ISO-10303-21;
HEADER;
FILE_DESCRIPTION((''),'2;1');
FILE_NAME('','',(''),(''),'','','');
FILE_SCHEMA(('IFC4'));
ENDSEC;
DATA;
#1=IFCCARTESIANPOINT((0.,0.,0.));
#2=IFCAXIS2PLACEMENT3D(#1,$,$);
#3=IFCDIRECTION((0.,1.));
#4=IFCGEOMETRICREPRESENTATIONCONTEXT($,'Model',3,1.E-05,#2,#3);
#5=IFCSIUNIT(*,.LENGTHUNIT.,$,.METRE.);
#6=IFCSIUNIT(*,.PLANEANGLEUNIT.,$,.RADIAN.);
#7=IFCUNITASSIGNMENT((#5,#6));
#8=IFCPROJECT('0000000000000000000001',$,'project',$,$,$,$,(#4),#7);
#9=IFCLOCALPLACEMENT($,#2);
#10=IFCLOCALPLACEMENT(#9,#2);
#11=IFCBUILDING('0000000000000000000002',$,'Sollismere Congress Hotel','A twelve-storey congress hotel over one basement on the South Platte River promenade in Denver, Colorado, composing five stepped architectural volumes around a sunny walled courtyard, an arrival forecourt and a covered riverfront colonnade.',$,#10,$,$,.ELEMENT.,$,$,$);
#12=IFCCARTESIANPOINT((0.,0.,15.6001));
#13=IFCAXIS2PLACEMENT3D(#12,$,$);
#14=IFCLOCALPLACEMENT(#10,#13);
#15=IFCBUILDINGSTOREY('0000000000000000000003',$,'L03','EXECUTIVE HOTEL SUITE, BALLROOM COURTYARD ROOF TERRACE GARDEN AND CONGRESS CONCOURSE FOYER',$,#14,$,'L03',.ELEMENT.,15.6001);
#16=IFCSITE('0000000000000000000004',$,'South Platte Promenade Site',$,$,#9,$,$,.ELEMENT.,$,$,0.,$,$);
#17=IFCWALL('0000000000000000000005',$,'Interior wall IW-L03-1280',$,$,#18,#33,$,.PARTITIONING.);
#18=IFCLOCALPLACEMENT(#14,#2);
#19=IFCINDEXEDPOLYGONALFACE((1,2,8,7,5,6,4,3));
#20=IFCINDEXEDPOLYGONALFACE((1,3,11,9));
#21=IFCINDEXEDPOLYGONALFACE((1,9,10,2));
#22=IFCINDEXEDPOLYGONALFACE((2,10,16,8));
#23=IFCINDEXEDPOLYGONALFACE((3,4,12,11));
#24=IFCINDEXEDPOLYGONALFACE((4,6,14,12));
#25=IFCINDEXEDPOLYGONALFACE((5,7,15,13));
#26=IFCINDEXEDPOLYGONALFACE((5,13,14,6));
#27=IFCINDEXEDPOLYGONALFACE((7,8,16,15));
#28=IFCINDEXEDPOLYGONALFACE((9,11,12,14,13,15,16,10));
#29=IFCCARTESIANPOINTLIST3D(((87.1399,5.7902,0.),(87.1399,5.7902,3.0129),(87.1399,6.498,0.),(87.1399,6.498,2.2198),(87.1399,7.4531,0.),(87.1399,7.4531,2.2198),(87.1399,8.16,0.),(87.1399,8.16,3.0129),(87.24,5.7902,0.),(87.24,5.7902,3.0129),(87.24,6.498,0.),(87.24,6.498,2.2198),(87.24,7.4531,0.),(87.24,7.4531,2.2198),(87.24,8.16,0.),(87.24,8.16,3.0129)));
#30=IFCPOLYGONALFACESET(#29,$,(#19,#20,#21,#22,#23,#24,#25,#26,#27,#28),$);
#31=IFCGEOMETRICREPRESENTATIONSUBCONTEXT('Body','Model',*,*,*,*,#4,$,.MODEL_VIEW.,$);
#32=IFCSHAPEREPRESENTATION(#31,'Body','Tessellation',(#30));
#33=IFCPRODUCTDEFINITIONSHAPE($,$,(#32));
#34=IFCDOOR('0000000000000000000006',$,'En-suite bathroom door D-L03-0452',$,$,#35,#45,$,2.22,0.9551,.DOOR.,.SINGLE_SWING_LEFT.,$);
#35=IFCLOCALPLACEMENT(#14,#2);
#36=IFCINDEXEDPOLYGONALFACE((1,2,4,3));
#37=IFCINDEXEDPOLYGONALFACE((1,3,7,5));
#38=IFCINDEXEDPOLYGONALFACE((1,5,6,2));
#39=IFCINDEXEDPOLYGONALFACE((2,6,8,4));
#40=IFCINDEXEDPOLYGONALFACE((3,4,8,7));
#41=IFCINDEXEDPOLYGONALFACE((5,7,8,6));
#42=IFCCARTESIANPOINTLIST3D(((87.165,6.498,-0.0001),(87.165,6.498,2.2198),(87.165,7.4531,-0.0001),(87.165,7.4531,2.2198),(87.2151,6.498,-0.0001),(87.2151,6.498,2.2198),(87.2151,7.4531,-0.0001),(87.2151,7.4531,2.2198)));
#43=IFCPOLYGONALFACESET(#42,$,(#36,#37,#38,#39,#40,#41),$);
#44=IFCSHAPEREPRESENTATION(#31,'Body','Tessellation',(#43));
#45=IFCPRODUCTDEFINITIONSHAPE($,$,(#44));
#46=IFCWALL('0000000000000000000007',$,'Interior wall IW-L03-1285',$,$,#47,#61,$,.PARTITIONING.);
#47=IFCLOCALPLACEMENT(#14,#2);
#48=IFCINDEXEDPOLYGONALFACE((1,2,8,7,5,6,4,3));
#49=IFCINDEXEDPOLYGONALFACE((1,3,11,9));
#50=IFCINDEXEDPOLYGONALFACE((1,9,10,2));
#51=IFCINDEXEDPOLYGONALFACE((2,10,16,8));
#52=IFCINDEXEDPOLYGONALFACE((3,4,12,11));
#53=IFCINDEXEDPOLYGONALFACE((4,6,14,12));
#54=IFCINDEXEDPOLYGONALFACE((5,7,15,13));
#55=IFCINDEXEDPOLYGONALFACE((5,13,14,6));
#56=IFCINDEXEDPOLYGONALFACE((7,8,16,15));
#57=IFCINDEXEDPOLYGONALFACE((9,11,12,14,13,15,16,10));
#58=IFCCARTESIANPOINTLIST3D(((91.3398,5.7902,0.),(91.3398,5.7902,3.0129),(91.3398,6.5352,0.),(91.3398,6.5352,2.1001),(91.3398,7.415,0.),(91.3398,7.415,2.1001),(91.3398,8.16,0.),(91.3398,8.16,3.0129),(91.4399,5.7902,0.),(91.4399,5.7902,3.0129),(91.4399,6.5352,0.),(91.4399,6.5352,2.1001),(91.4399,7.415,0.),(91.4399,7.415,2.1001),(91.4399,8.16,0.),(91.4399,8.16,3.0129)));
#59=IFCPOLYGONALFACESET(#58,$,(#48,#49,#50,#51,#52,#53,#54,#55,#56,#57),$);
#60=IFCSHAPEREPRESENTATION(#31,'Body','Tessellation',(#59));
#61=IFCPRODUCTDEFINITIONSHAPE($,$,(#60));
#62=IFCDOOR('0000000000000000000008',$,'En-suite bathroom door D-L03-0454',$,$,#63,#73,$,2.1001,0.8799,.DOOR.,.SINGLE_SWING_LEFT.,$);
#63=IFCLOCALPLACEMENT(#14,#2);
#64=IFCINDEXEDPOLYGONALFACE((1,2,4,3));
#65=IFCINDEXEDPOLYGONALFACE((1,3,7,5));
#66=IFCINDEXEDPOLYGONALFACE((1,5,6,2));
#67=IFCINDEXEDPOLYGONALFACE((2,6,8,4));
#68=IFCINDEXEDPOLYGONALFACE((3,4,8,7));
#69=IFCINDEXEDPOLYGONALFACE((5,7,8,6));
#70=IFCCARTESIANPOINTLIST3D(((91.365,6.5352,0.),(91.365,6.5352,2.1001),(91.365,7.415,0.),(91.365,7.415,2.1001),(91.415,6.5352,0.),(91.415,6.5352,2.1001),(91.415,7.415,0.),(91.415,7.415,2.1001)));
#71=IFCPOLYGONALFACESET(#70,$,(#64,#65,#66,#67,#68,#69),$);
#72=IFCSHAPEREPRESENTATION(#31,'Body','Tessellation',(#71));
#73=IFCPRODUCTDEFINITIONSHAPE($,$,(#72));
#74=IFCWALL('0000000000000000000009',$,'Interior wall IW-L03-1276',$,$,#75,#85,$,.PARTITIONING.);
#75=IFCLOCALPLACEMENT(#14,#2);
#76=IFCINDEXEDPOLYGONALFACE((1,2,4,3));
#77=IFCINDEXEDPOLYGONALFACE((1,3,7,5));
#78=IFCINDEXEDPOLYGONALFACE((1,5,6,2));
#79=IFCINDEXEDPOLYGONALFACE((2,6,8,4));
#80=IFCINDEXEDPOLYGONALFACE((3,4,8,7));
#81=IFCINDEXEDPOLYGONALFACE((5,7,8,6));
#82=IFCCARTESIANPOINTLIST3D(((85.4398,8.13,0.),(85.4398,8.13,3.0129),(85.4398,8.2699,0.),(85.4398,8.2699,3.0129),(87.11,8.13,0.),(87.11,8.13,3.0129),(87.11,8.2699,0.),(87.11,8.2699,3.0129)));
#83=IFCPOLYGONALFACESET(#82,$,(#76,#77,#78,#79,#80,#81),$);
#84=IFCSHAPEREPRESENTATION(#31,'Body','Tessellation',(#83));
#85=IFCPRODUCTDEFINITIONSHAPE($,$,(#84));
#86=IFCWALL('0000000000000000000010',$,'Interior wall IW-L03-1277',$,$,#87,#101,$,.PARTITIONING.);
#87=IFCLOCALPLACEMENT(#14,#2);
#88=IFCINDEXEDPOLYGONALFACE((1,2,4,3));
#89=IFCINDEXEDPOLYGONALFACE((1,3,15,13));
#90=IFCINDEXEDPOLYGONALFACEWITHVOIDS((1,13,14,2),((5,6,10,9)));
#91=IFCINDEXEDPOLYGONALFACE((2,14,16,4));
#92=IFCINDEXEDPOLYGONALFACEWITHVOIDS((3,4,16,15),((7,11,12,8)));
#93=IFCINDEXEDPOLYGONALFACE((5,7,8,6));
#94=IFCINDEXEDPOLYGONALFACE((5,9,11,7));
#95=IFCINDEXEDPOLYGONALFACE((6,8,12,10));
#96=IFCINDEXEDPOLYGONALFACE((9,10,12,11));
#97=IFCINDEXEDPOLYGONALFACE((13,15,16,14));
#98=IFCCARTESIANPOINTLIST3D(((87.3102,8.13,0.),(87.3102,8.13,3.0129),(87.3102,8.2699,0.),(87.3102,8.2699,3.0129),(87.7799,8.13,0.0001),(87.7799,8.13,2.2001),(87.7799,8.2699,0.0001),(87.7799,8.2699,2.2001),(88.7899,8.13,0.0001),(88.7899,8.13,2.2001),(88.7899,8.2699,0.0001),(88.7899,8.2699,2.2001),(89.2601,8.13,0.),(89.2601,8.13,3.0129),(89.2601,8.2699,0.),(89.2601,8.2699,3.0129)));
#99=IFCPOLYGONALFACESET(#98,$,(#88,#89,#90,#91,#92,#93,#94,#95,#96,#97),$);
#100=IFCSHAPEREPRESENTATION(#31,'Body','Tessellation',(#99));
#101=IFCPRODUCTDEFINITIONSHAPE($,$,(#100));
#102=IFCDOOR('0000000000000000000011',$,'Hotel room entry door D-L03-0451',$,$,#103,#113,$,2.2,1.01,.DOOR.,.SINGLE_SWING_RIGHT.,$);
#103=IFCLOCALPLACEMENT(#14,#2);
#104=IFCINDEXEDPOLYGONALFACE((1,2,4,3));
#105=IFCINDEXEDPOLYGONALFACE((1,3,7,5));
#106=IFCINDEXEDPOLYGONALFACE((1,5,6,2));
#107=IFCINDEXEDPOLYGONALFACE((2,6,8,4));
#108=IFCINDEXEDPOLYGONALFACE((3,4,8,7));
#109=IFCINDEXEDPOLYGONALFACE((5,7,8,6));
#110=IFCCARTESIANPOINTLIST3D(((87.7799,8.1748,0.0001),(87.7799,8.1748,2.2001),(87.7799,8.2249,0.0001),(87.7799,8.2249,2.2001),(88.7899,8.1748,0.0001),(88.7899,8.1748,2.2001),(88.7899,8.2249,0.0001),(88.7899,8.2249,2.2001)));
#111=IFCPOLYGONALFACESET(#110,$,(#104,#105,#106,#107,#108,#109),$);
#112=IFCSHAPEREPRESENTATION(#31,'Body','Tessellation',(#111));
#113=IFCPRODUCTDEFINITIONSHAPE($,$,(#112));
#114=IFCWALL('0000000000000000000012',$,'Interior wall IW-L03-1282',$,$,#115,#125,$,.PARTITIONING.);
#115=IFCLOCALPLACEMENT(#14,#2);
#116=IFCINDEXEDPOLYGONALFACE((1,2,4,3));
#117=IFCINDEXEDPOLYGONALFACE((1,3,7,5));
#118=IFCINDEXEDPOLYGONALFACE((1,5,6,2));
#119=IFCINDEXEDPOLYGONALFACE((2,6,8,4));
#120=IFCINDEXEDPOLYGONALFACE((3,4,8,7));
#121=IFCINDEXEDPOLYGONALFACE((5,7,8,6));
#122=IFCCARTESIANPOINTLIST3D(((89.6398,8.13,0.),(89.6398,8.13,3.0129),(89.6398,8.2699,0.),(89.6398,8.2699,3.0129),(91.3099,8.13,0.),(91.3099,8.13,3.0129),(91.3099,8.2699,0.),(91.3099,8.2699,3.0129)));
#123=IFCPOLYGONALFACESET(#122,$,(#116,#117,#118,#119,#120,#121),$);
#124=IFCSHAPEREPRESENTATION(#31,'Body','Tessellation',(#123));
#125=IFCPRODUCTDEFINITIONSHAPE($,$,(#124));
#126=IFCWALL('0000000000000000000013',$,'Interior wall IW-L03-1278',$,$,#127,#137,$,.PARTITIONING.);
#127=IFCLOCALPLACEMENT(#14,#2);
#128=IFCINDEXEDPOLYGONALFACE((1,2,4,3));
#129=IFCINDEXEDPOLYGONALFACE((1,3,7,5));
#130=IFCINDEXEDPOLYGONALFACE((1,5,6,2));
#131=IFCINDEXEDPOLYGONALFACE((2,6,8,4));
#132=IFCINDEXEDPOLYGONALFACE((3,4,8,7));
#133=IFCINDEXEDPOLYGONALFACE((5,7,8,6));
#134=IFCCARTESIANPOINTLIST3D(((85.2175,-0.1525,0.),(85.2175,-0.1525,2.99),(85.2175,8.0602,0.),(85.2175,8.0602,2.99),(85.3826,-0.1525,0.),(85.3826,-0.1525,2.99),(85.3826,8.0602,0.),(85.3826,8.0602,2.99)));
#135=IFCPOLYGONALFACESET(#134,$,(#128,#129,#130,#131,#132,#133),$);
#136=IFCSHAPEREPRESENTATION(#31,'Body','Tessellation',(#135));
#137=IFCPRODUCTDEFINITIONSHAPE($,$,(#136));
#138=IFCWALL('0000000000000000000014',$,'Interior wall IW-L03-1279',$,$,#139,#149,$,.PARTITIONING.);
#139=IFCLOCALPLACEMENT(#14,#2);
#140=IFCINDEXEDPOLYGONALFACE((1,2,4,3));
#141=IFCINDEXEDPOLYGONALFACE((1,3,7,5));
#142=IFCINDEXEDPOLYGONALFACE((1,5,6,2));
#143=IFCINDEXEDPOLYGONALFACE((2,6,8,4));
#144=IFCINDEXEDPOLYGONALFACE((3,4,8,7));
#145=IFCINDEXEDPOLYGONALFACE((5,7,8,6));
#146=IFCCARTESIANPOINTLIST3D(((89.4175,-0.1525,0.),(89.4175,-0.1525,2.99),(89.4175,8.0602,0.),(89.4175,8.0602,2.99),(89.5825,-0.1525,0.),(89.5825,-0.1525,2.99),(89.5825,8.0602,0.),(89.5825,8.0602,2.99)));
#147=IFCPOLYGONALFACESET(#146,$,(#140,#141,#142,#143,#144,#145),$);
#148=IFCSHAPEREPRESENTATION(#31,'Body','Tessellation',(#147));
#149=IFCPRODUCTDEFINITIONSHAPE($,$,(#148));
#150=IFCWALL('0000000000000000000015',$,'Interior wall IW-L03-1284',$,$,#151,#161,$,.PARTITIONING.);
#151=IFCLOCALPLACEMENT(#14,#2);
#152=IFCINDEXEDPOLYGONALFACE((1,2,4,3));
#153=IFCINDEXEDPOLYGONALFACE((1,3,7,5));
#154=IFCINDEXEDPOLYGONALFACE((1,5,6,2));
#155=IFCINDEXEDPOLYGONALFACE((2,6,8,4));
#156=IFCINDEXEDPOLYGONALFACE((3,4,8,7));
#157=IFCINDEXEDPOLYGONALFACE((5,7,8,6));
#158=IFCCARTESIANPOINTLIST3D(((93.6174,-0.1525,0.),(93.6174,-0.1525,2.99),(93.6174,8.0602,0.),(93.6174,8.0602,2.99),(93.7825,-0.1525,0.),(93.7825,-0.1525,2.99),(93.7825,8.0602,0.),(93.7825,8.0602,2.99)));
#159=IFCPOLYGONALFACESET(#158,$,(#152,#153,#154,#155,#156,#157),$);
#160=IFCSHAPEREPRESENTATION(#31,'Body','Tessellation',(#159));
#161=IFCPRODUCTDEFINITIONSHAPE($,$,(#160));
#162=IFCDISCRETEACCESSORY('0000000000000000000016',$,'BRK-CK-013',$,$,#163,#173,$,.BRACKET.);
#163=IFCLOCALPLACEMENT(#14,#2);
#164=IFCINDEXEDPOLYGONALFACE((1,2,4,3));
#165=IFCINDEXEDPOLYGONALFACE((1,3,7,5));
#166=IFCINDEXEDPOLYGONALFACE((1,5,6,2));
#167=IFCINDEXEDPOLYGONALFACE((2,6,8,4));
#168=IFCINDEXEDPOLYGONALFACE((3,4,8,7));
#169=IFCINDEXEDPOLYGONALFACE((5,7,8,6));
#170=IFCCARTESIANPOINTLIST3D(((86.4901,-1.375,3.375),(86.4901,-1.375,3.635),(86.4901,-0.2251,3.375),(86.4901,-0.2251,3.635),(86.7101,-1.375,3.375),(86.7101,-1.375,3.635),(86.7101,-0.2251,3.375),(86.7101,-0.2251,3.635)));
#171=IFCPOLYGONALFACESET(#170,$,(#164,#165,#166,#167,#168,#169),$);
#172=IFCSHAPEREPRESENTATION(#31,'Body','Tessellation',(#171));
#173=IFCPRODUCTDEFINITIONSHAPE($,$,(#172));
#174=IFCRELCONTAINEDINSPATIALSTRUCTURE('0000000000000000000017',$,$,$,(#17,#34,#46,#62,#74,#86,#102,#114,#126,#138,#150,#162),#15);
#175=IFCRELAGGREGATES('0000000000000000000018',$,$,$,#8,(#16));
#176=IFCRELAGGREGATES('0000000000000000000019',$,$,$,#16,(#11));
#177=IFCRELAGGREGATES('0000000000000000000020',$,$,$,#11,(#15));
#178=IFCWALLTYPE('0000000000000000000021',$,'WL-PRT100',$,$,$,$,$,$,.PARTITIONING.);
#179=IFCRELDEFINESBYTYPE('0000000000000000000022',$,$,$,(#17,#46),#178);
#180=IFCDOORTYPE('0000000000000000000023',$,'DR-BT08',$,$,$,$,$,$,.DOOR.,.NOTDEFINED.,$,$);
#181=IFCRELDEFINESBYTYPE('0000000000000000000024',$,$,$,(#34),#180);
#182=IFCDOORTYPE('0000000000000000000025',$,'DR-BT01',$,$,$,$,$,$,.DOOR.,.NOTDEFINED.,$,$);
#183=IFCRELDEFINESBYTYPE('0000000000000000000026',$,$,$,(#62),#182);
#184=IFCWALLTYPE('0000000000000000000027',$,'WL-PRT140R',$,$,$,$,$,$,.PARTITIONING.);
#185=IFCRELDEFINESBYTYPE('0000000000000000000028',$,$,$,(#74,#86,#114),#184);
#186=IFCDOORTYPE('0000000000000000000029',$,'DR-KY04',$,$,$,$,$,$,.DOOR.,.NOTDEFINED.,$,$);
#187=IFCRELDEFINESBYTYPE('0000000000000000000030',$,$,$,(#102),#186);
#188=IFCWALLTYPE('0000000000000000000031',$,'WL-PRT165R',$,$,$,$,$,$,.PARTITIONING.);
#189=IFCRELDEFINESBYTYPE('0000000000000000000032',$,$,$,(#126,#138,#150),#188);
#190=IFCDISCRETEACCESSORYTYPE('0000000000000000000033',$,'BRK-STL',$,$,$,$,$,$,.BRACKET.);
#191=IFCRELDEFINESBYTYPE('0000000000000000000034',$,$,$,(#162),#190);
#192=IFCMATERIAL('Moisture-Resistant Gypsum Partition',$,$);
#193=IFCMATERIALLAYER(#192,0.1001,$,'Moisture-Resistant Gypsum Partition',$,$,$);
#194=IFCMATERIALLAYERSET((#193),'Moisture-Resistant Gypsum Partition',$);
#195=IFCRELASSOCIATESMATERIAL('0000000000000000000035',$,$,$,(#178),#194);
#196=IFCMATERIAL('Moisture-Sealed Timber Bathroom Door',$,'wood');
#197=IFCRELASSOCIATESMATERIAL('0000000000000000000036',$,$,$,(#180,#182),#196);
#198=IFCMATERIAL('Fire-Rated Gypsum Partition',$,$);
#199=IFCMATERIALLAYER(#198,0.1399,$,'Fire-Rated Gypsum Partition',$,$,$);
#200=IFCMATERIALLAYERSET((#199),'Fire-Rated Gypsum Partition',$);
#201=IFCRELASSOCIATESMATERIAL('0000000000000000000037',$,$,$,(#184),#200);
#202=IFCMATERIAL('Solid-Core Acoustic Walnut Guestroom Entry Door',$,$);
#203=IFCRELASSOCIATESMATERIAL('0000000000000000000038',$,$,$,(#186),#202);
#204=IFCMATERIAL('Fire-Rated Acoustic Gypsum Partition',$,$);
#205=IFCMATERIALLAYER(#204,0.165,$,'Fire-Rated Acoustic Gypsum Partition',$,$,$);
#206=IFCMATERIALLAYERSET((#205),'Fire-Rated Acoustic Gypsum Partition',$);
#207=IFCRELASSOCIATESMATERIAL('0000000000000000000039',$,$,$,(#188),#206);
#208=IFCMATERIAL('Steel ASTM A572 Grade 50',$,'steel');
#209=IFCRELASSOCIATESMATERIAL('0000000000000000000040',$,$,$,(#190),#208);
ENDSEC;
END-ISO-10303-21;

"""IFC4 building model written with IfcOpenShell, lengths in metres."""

from ifc_helpers import new_model, si_unit, direction, frame, frame_2d, origin, origin_2d, place, context, subcontext, project, spatial, rectangle, extrude, material, layer, layer_set, type_object, element, fill, save


model = new_model("IFC4")

# Units and contexts
model_context = context("Model", 3, precision=1e-05, world=origin(), true_north=direction((0.0, 1.0)))
body_context = subcontext(model_context, "Body", "Model", "MODEL_VIEW")
ifc_project = project(units=[si_unit("LENGTHUNIT", "METRE"), si_unit("PLANEANGLEUNIT", "RADIAN")], contexts=[model_context])

# Site, building, storey
site_placement = place(None, origin())
site = spatial("IfcSite", under=ifc_project, at=site_placement, Name="South Platte Promenade Site", CompositionType="ELEMENT", RefElevation=0.0)
building_placement = place(site_placement, origin())
building = spatial("IfcBuilding", under=site, at=building_placement, Name="Sollismere Congress Hotel", Description="A twelve-storey congress hotel over one basement on the South Platte River promenade in Denver, Colorado, composing five stepped architectural volumes around a sunny walled courtyard, an arrival forecourt and a covered riverfront colonnade.", CompositionType="ELEMENT")
storey_placement = place(building_placement, frame((0.0, 0.0, 15.6001)))
storey = spatial("IfcBuildingStorey", under=building, at=storey_placement, Name="L03", Description="EXECUTIVE HOTEL SUITE, BALLROOM COURTYARD ROOF TERRACE GARDEN AND CONGRESS CONCOURSE FOYER", LongName="L03", CompositionType="ELEMENT", Elevation=15.6001)

# Walls, openings, doors
ifc_material_1 = material(Name="Moisture-Resistant Gypsum Partition")
ifc_layer_1 = layer(ifc_material_1, 0.1001, Name="Moisture-Resistant Gypsum Partition")
ifc_layer_set_1 = layer_set([ifc_layer_1], Name="Moisture-Resistant Gypsum Partition")
wall_type_1 = type_object("IfcWallType", Name="WL-PRT100", PredefinedType="PARTITIONING", material=ifc_layer_set_1)
wall_1_placement = place(storey_placement, frame((87.1899, 5.79, 0.0), z_axis=(0.0, 0.0, 1.0), x_axis=(0.0, 1.0, 0.0)))
wall_1 = element("IfcWall", 1, at=wall_1_placement, inside=storey, type_object=wall_type_1, Name="Interior wall IW-L03-1280", PredefinedType="PARTITIONING", context=body_context, shape_type="SweptSolid", body=[
    extrude(rectangle(XDim=2.3699, YDim=0.1001, at=frame_2d((1.1851, 0.0))), origin(), (0.0, 0.0, 1.0), 3.0129),
])
opening_1_placement = place(wall_1_placement, frame((0.708, 0.0, 0.0)))
opening_1 = element("IfcOpeningElement", 2, at=opening_1_placement, cuts=wall_1, PredefinedType="OPENING", context=body_context, shape_type="SweptSolid", body=[
    extrude(rectangle(XDim=0.9551, YDim=2.22, at=frame_2d((0.4775, 1.1099))), frame((0.0, 0.0601, 0.0), z_axis=(0.0, -1.0, 0.0), x_axis=(1.0, 0.0, 0.0)), (0.0, 0.0, 1.0), 0.1201),
])
ifc_material_2 = material(Name="Moisture-Sealed Timber Bathroom Door", Category="wood")
door_type_1 = type_object("IfcDoorType", Name="DR-BT08", OperationType="NOTDEFINED", PredefinedType="DOOR", material=ifc_material_2)
door_1_placement = place(opening_1_placement, origin())
door_1 = element("IfcDoor", 3, at=door_1_placement, inside=storey, type_object=door_type_1, Name="En-suite bathroom door D-L03-0452", OperationType="SINGLE_SWING_LEFT", OverallHeight=2.22, OverallWidth=0.9551, PredefinedType="DOOR", context=body_context, shape_type="SweptSolid", body=[
    extrude(rectangle(XDim=0.9551, YDim=2.22, at=frame_2d((0.4775, 1.1099))), frame((0.0, 0.0249, 0.0), z_axis=(0.0, -1.0, 0.0), x_axis=(1.0, 0.0, 0.0)), (0.0, 0.0, 1.0), 0.05),
])
fill(opening_1, door_1)
wall_2_placement = place(storey_placement, frame((91.3899, 5.79, 0.0), z_axis=(0.0, 0.0, 1.0), x_axis=(0.0, 1.0, 0.0)))
wall_2 = element("IfcWall", 4, at=wall_2_placement, inside=storey, type_object=wall_type_1, Name="Interior wall IW-L03-1285", PredefinedType="PARTITIONING", context=body_context, shape_type="SweptSolid", body=[
    extrude(rectangle(XDim=2.3699, YDim=0.1001, at=frame_2d((1.1851, 0.0))), origin(), (0.0, 0.0, 1.0), 3.0129),
])
opening_2_placement = place(wall_2_placement, frame((0.7451, 0.0, 0.0)))
opening_2 = element("IfcOpeningElement", 5, at=opening_2_placement, cuts=wall_2, PredefinedType="OPENING", context=body_context, shape_type="SweptSolid", body=[
    extrude(rectangle(XDim=0.8799, YDim=2.1001, at=frame_2d((0.4399, 1.05))), frame((0.0, 0.0601, 0.0), z_axis=(0.0, -1.0, 0.0), x_axis=(1.0, 0.0, 0.0)), (0.0, 0.0, 1.0), 0.1201),
])
door_type_2 = type_object("IfcDoorType", Name="DR-BT01", OperationType="NOTDEFINED", PredefinedType="DOOR", material=ifc_material_2)
door_2_placement = place(opening_2_placement, origin())
door_2 = element("IfcDoor", 6, at=door_2_placement, inside=storey, type_object=door_type_2, Name="En-suite bathroom door D-L03-0454", OperationType="SINGLE_SWING_LEFT", OverallHeight=2.1001, OverallWidth=0.8799, PredefinedType="DOOR", context=body_context, shape_type="SweptSolid", body=[
    extrude(rectangle(XDim=0.8799, YDim=2.1001, at=frame_2d((0.4399, 1.05))), frame((0.0, 0.0249, 0.0), z_axis=(0.0, -1.0, 0.0), x_axis=(1.0, 0.0, 0.0)), (0.0, 0.0, 1.0), 0.05),
])
fill(opening_2, door_2)

# Wall
ifc_material_3 = material(Name="Fire-Rated Gypsum Partition")
ifc_layer_2 = layer(ifc_material_3, 0.1399, Name="Fire-Rated Gypsum Partition")
ifc_layer_set_2 = layer_set([ifc_layer_2], Name="Fire-Rated Gypsum Partition")
wall_type_2 = type_object("IfcWallType", Name="WL-PRT140R", PredefinedType="PARTITIONING", material=ifc_layer_set_2)
wall_3_placement = place(storey_placement, frame((85.4399, 8.2, 0.0), z_axis=(0.0, 0.0, 1.0), x_axis=(1.0, 0.0, 0.0)))
element("IfcWall", 7, at=wall_3_placement, inside=storey, type_object=wall_type_2, Name="Interior wall IW-L03-1276", PredefinedType="PARTITIONING", context=body_context, shape_type="SweptSolid", body=[
    extrude(rectangle(XDim=1.6702, YDim=0.1399, at=frame_2d((0.835, 0.0))), origin(), (0.0, 0.0, 1.0), 3.0129),
])

# Wall, opening, door
wall_4_placement = place(storey_placement, frame((87.3101, 8.2, 0.0), z_axis=(0.0, 0.0, 1.0), x_axis=(1.0, 0.0, 0.0)))
wall_4 = element("IfcWall", 8, at=wall_4_placement, inside=storey, type_object=wall_type_2, Name="Interior wall IW-L03-1277", PredefinedType="PARTITIONING", context=body_context, shape_type="SweptSolid", body=[
    extrude(rectangle(XDim=1.95, YDim=0.1399, at=frame_2d((0.9751, 0.0))), origin(), (0.0, 0.0, 1.0), 3.0129),
])
opening_3_placement = place(wall_4_placement, frame((0.47, 0.0, 0.0)))
opening_3 = element("IfcOpeningElement", 9, at=opening_3_placement, cuts=wall_4, PredefinedType="OPENING", context=body_context, shape_type="SweptSolid", body=[
    extrude(rectangle(XDim=1.01, YDim=2.2, at=frame_2d((0.5049, 1.1001))), frame((0.0, 0.0798, 0.0), z_axis=(0.0, -1.0, 0.0), x_axis=(1.0, 0.0, 0.0)), (0.0, 0.0, 1.0), 0.1599),
])
ifc_material_4 = material(Name="Solid-Core Acoustic Walnut Guestroom Entry Door")
door_type_3 = type_object("IfcDoorType", Name="DR-KY04", OperationType="NOTDEFINED", PredefinedType="DOOR", material=ifc_material_4)
door_3_placement = place(opening_3_placement, origin())
door_3 = element("IfcDoor", 10, at=door_3_placement, inside=storey, type_object=door_type_3, Name="Hotel room entry door D-L03-0451", OperationType="SINGLE_SWING_RIGHT", OverallHeight=2.2, OverallWidth=1.01, PredefinedType="DOOR", context=body_context, shape_type="SweptSolid", body=[
    extrude(rectangle(XDim=1.01, YDim=2.2, at=frame_2d((0.5049, 1.1001))), frame((0.0, 0.0249, 0.0), z_axis=(0.0, -1.0, 0.0), x_axis=(1.0, 0.0, 0.0)), (0.0, 0.0, 1.0), 0.05),
])
fill(opening_3, door_3)

# Walls
wall_5_placement = place(storey_placement, frame((89.6399, 8.2, 0.0), z_axis=(0.0, 0.0, 1.0), x_axis=(1.0, 0.0, 0.0)))
element("IfcWall", 11, at=wall_5_placement, inside=storey, type_object=wall_type_2, Name="Interior wall IW-L03-1282", PredefinedType="PARTITIONING", context=body_context, shape_type="SweptSolid", body=[
    extrude(rectangle(XDim=1.6702, YDim=0.1399, at=frame_2d((0.835, 0.0))), origin(), (0.0, 0.0, 1.0), 3.0129),
])
ifc_material_5 = material(Name="Fire-Rated Acoustic Gypsum Partition")
ifc_layer_3 = layer(ifc_material_5, 0.165, Name="Fire-Rated Acoustic Gypsum Partition")
ifc_layer_set_3 = layer_set([ifc_layer_3], Name="Fire-Rated Acoustic Gypsum Partition")
wall_type_3 = type_object("IfcWallType", Name="WL-PRT165R", PredefinedType="PARTITIONING", material=ifc_layer_set_3)
for number, where, z_axis, x_axis, name in (
    (12, (85.3, -0.1526, 0.0), (0.0, 0.0, 1.0), (0.0, 1.0, 0.0), "Interior wall IW-L03-1278"),
    (13, (89.5, -0.1526, 0.0), (0.0, 0.0, 1.0), (0.0, 1.0, 0.0), "Interior wall IW-L03-1279"),
    (14, (93.7, -0.1526, 0.0), (0.0, 0.0, 1.0), (0.0, 1.0, 0.0), "Interior wall IW-L03-1284"),
):
    element("IfcWall", number, at=place(storey_placement, frame(where, z_axis=z_axis, x_axis=x_axis)), inside=storey, type_object=wall_type_3, Name=name, PredefinedType="PARTITIONING", context=body_context, shape_type="SweptSolid", body=[
        extrude(rectangle(XDim=8.2126, YDim=0.165, at=frame_2d((4.1064, 0.0))), origin(), (0.0, 0.0, 1.0), 2.99),
    ])

# Discrete accessory
ifc_material_6 = material(Name="Steel ASTM A572 Grade 50", Category="steel")
discrete_accessory_type = type_object("IfcDiscreteAccessoryType", Name="BRK-STL", PredefinedType="BRACKET", material=ifc_material_6)
for number, where, z_axis, x_axis, name in (
    (15, (86.6001, -0.8, 3.375), (0.0, 0.0, 1.0), (1.0, 0.0, 0.0), "BRK-CK-013"),
):
    element("IfcDiscreteAccessory", number, at=place(storey_placement, frame(where, z_axis=z_axis, x_axis=x_axis)), inside=storey, type_object=discrete_accessory_type, Name=name, PredefinedType="BRACKET", context=body_context, shape_type="SweptSolid", body=[
        extrude(rectangle(XDim=0.22, YDim=1.1499, at=origin_2d()), origin(), (0.0, 0.0, 1.0), 0.26),
    ])

save(model, "model.ifc")
